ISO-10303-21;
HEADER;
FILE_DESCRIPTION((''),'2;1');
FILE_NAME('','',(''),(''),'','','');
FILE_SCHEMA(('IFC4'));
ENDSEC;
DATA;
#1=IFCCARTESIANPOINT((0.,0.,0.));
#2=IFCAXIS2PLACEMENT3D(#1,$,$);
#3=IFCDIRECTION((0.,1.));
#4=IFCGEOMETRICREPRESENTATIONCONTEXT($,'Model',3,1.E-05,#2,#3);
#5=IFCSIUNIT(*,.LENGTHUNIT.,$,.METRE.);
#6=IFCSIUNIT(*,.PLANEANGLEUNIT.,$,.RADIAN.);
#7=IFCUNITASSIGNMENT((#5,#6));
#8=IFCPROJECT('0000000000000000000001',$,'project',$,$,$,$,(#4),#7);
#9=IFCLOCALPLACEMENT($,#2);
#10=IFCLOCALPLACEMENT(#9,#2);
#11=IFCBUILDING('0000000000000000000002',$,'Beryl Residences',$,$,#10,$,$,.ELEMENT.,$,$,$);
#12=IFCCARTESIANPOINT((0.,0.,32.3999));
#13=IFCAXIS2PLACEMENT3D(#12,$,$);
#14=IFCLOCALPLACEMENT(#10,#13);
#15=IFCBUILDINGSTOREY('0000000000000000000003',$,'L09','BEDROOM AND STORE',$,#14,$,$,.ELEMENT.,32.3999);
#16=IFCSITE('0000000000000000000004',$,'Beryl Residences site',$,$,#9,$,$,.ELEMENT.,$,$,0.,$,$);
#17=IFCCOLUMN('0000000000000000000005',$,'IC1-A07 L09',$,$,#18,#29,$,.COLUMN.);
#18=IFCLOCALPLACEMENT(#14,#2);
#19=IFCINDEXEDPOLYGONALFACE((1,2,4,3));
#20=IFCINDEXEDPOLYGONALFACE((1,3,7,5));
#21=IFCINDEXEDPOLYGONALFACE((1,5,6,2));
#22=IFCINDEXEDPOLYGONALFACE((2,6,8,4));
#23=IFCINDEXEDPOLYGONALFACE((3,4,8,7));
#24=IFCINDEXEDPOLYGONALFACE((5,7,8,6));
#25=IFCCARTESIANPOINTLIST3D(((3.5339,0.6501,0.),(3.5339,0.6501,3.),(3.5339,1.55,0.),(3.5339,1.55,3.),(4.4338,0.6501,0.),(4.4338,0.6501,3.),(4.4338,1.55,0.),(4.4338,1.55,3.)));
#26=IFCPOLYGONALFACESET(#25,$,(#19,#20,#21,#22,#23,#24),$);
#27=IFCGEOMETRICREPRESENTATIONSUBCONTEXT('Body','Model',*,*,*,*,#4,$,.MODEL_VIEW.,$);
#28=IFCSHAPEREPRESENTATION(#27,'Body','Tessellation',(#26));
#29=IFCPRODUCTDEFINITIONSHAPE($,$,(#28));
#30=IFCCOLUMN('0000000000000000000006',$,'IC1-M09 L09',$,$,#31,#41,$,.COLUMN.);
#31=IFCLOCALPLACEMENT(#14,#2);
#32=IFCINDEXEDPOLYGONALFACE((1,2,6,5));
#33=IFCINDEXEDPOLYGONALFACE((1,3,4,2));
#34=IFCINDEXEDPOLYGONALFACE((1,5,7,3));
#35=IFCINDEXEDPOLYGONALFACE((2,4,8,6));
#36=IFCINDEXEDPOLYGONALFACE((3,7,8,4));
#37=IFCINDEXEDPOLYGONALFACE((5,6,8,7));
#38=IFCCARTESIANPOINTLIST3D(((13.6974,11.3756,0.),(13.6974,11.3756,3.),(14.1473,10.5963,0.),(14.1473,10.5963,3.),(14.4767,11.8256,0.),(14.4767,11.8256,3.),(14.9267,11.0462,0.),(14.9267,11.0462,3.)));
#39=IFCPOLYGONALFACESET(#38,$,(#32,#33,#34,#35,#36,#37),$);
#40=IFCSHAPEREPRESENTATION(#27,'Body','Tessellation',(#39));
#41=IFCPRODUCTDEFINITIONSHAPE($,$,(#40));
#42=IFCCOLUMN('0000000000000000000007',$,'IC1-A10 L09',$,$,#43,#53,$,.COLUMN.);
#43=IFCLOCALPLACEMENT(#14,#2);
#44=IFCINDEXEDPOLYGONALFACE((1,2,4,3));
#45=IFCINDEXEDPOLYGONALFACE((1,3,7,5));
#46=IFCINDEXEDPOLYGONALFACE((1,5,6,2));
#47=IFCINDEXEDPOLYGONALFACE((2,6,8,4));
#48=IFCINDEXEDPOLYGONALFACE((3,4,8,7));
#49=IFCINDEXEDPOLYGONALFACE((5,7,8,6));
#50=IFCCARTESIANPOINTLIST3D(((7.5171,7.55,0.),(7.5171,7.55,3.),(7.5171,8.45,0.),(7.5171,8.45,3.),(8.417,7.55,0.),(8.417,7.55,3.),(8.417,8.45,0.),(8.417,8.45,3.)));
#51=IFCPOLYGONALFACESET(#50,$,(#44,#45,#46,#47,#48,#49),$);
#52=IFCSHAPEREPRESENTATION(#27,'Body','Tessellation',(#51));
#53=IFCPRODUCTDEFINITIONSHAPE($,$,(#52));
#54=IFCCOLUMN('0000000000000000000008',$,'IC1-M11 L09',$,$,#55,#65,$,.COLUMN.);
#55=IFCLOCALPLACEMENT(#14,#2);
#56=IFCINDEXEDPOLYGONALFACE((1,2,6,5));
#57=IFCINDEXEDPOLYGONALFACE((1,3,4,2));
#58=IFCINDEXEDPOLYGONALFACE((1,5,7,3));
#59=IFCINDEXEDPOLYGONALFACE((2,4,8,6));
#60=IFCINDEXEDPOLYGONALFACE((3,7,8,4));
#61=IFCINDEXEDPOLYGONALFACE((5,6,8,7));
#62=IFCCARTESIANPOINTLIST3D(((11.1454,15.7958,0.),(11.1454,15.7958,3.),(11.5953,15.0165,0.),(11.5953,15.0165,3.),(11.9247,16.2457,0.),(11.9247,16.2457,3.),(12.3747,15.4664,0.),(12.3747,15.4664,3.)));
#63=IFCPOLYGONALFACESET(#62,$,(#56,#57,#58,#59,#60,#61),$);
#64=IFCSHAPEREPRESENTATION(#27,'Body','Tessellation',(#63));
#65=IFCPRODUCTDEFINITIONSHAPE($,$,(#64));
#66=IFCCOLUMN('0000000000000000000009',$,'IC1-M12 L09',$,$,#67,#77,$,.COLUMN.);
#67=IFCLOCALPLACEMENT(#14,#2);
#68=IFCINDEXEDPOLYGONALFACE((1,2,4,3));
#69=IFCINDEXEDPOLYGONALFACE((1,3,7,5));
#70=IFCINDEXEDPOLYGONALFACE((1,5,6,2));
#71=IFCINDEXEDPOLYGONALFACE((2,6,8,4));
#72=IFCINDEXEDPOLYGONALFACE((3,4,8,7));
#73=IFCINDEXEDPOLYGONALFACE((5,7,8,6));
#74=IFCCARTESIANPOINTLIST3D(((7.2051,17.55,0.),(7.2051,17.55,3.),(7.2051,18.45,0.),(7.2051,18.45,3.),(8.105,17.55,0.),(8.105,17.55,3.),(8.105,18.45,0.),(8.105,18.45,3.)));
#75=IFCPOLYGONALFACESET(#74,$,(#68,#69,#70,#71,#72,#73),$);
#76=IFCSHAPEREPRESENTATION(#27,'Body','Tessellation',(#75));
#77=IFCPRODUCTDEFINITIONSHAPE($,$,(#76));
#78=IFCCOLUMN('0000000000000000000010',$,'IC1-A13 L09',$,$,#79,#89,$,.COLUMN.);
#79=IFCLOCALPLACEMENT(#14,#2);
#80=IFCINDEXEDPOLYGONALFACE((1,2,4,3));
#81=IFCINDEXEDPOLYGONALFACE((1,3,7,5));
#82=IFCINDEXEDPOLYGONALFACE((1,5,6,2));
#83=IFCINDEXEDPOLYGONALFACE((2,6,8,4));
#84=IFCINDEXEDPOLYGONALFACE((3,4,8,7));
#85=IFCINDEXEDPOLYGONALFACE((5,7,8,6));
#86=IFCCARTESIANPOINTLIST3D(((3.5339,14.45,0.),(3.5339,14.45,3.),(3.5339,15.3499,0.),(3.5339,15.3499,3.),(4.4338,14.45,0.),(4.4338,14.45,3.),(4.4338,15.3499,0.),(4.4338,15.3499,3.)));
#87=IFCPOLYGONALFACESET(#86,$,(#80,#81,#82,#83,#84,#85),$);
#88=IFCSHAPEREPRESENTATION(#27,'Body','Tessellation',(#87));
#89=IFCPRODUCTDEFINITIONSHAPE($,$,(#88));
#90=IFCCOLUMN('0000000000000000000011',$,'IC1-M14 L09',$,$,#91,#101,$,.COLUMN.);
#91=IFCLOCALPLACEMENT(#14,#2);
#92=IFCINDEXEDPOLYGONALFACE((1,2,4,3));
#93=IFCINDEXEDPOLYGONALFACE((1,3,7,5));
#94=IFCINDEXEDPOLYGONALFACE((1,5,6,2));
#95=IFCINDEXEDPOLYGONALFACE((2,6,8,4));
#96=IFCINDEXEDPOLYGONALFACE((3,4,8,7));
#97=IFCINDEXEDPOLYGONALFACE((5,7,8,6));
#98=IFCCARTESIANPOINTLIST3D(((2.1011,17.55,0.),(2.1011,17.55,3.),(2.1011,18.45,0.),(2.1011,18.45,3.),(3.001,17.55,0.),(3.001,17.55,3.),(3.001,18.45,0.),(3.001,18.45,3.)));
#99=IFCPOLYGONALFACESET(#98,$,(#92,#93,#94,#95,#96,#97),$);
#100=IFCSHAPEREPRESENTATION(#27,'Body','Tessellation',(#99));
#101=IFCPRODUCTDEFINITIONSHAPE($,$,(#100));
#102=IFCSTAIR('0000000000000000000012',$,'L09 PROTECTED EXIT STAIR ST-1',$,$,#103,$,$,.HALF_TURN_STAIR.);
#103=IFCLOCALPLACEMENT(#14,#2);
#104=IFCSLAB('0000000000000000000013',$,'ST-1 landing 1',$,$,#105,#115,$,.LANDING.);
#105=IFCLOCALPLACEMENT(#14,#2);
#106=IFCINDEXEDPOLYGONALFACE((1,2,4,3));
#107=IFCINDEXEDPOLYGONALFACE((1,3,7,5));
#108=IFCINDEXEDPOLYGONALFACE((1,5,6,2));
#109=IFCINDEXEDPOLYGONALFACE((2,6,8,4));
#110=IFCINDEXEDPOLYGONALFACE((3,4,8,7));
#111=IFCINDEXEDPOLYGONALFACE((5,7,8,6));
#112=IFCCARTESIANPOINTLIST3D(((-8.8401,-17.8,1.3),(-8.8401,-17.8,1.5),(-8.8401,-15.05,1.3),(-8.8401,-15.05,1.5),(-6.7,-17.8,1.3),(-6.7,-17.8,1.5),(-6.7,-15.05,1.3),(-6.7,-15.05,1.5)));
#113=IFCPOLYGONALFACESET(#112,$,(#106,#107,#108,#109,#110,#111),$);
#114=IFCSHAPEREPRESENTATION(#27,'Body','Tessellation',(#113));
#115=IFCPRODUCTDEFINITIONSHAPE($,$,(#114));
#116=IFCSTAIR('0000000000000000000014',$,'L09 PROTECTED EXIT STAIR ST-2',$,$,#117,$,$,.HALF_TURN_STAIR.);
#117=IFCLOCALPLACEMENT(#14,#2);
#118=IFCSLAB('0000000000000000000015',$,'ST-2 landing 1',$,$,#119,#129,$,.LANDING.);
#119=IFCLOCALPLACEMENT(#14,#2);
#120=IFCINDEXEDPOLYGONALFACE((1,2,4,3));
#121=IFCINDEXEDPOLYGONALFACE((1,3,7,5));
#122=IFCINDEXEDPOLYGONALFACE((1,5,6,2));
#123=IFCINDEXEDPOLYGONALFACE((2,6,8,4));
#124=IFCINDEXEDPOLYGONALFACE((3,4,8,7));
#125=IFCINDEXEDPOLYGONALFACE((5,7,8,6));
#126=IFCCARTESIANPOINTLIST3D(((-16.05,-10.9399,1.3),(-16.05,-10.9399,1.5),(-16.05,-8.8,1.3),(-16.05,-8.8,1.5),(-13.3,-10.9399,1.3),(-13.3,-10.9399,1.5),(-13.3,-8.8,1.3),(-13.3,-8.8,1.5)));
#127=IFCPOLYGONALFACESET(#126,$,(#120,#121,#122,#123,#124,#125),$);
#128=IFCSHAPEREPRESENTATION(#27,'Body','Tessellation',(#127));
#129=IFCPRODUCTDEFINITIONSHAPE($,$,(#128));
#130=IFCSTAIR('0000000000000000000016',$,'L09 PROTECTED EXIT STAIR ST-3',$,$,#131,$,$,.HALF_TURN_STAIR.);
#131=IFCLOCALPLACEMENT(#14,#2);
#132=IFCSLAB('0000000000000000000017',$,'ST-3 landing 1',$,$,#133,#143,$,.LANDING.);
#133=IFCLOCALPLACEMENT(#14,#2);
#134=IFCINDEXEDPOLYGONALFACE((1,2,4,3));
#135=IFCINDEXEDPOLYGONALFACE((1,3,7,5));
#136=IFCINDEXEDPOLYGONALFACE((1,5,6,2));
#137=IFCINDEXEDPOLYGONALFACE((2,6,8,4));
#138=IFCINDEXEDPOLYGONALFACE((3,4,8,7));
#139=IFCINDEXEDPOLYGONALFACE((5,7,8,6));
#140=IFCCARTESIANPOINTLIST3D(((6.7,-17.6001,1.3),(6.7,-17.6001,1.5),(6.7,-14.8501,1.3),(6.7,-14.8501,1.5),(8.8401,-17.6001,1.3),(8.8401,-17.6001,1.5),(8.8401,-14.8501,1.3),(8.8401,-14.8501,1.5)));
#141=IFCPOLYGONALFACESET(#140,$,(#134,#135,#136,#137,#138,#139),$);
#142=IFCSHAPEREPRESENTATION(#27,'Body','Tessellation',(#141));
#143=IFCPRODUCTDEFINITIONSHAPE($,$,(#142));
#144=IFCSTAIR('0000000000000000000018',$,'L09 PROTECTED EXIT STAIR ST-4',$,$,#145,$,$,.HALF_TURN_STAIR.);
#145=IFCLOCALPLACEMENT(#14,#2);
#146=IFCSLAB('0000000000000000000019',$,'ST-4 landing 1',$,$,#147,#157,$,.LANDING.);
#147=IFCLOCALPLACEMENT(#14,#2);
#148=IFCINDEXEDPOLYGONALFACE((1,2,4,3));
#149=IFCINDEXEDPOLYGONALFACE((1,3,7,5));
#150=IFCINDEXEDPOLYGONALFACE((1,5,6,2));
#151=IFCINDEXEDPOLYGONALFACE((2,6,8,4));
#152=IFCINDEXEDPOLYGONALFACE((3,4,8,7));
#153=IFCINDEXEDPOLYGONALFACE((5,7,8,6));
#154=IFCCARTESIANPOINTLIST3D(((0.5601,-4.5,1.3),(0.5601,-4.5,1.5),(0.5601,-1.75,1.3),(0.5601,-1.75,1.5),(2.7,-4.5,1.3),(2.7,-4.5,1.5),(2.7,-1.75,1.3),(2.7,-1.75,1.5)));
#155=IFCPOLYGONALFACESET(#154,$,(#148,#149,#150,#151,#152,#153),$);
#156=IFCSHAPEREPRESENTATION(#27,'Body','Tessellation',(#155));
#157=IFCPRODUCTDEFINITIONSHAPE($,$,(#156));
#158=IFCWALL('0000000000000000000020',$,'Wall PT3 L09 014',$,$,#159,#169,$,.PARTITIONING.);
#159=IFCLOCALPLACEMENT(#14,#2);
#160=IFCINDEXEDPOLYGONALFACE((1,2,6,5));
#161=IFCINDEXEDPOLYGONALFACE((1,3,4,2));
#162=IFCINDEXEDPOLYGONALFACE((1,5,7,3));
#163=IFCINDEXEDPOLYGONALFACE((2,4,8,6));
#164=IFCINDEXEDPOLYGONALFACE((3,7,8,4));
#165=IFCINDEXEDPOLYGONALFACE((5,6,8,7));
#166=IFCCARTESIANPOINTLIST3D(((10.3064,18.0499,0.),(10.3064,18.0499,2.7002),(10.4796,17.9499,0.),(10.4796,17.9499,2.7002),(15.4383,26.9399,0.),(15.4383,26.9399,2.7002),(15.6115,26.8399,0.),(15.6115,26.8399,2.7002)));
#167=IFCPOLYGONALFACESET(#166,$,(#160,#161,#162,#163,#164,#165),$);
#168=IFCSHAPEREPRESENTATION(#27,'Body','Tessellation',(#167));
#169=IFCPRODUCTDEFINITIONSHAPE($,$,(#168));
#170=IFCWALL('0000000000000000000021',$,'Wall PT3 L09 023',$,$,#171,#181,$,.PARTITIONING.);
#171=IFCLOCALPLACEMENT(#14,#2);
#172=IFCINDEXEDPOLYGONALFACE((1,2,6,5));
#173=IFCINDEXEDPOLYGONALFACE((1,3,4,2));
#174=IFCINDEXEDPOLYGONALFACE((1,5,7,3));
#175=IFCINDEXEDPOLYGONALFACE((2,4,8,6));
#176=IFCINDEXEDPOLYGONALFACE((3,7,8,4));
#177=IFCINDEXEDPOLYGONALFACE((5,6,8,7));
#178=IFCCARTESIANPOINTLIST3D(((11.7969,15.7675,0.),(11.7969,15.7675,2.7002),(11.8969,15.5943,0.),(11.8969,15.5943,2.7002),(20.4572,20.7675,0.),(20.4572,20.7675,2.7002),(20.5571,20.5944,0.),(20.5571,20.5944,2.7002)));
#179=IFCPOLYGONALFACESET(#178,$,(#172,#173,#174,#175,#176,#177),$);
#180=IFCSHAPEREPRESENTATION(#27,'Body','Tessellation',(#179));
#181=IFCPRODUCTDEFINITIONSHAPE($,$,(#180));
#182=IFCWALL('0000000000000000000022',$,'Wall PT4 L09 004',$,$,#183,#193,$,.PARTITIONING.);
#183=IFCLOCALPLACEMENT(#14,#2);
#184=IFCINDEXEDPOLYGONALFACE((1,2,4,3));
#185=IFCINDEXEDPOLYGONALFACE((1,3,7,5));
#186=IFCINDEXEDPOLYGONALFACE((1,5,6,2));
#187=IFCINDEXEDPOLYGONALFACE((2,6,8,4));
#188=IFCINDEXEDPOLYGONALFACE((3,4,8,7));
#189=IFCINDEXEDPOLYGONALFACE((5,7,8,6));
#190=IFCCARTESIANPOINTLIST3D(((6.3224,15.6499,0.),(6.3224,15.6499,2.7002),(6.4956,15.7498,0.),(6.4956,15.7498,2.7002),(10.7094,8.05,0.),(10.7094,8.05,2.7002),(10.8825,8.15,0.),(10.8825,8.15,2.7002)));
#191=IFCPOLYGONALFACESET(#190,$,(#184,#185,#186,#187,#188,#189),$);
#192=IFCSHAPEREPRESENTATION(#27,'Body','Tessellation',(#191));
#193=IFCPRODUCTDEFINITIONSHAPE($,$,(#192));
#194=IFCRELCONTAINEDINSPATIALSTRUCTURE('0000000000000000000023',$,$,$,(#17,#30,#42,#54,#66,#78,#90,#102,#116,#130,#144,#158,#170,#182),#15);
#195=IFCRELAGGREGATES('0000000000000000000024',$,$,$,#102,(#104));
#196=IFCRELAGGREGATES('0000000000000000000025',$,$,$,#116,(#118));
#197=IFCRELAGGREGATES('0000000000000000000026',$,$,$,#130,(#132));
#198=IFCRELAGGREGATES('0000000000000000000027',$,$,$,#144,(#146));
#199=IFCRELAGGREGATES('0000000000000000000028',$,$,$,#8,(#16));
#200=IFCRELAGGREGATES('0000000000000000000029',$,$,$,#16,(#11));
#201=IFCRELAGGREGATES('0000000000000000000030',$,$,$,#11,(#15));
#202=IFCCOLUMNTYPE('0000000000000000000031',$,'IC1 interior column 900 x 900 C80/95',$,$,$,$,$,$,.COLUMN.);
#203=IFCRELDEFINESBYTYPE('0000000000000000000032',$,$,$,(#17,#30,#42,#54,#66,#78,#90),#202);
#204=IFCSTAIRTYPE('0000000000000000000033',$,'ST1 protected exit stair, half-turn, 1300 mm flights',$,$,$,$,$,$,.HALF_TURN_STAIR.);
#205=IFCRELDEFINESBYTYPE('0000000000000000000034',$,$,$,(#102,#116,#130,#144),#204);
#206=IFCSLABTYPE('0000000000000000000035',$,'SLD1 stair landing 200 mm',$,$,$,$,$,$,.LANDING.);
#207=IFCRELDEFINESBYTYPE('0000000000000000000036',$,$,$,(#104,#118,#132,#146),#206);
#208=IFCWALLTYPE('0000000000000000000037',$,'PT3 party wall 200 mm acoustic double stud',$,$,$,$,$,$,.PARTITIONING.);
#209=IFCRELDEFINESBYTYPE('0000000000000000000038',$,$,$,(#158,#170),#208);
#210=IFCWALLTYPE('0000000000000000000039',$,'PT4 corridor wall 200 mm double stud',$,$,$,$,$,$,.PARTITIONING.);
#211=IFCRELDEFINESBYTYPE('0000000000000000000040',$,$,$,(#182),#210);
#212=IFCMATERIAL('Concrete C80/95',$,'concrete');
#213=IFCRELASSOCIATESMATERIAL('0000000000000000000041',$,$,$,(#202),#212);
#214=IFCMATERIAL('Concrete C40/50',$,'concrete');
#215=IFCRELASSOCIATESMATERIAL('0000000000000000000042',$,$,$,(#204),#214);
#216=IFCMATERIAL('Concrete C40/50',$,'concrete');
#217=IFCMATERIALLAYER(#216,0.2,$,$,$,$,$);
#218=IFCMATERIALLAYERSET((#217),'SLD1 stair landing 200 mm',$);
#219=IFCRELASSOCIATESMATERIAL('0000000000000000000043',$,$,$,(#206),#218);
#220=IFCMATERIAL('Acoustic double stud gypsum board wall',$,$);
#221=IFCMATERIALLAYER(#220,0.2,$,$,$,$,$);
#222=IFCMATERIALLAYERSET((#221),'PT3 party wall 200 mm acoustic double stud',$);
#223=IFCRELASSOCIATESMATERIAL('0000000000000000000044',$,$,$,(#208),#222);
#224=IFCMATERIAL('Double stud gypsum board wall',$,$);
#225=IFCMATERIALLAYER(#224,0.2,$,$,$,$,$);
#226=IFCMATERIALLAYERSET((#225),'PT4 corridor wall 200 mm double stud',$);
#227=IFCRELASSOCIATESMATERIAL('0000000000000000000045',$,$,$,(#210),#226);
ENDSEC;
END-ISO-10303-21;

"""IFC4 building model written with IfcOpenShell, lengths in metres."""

from ifc_helpers import new_model, si_unit, direction, frame, frame_2d, origin, origin_2d, place, context, subcontext, project, spatial, polyline, rectangle, outline, extrude, material, layer, layer_set, material_profile, profile_set, type_object, element, aggregate, save


model = new_model("IFC4")

# Units and contexts
model_context = context("Model", 3, precision=1e-05, world=origin(), true_north=direction((0.0, 1.0)))
body_context = subcontext(model_context, "Body", "Model", "MODEL_VIEW")
ifc_project = project(units=[si_unit("LENGTHUNIT", "METRE"), si_unit("PLANEANGLEUNIT", "RADIAN")], contexts=[model_context])

# Site, building, storey
site_placement = place(None, origin())
site = spatial("IfcSite", under=ifc_project, at=site_placement, Name="Beryl Residences site", CompositionType="ELEMENT", RefElevation=0.0)
building_placement = place(site_placement, origin())
building = spatial("IfcBuilding", under=site, at=building_placement, Name="Beryl Residences", CompositionType="ELEMENT")
storey_placement = place(building_placement, frame((0.0, 0.0, 32.3999)))
storey = spatial("IfcBuildingStorey", under=building, at=storey_placement, Name="L09", Description="BEDROOM AND STORE", CompositionType="ELEMENT", Elevation=32.3999)

# Columns
ifc_material_1 = material(Name="Concrete C80/95", Category="concrete")
ifc_material_profile = material_profile(ifc_material_1, rectangle(XDim=0.8999, YDim=0.8999, at=origin_2d()))
ifc_profile_set = profile_set([ifc_material_profile], Name="Concrete C80/95")
column_type = type_object("IfcColumnType", Name="IC1 interior column 900 x 900 C80/95", PredefinedType="COLUMN", material=ifc_profile_set)
for number, where, z_axis, x_axis, name in (
    (1, (3.9839, 1.1001, 0.0), (0.0, 0.0, 1.0), (1.0, 0.0, 0.0), "IC1-A07 L09"),
    (2, (14.312, 11.2109, 0.0), (0.0, 0.0, 1.0), (-0.499985, 0.866034, 0.0), "IC1-M09 L09"),
    (3, (7.967, 8.0, 0.0), (0.0, 0.0, 1.0), (1.0, 0.0, 0.0), "IC1-A10 L09"),
    (4, (11.76, 15.6311, 0.0), (0.0, 0.0, 1.0), (-0.499985, 0.866034, 0.0), "IC1-M11 L09"),
    (5, (7.655, 18.0, 0.0), (0.0, 0.0, 1.0), (-1.0, 0.0, 0.0), "IC1-M12 L09"),
    (6, (3.9839, 14.8999, 0.0), (0.0, 0.0, 1.0), (1.0, 0.0, 0.0), "IC1-A13 L09"),
    (7, (2.551, 18.0, 0.0), (0.0, 0.0, 1.0), (-1.0, 0.0, 0.0), "IC1-M14 L09"),
):
    element("IfcColumn", number, at=place(storey_placement, frame(where, z_axis=z_axis, x_axis=x_axis)), inside=storey, type_object=column_type, Name=name, PredefinedType="COLUMN", context=body_context, shape_type="SweptSolid", body=[
        extrude(rectangle(XDim=0.8999, YDim=0.8999, at=origin_2d()), origin(), (0.0, 0.0, 1.0), 3.0),
    ])

# Stairs, slabs
ifc_material_2 = material(Name="Concrete C40/50", Category="concrete")
stair_type = type_object("IfcStairType", Name="ST1 protected exit stair, half-turn, 1300 mm flights", PredefinedType="HALF_TURN_STAIR", material=ifc_material_2)
stair_1_placement = place(storey_placement, origin())
stair_1 = element("IfcStair", 8, at=stair_1_placement, inside=storey, type_object=stair_type, Name="L09 PROTECTED EXIT STAIR ST-1", PredefinedType="HALF_TURN_STAIR")
ifc_material_3 = material(Name="Concrete C40/50", Category="concrete")
ifc_layer_1 = layer(ifc_material_3, 0.2)
ifc_layer_set_1 = layer_set([ifc_layer_1], Name="SLD1 stair landing 200 mm")
slab_type_1 = type_object("IfcSlabType", Name="SLD1 stair landing 200 mm", PredefinedType="LANDING", material=ifc_layer_set_1)
slab_1_placement = place(storey_placement, frame((0.0, 0.0, 1.3)))
slab_1 = element("IfcSlab", 9, at=slab_1_placement, type_object=slab_type_1, Name="ST-1 landing 1", PredefinedType="LANDING", context=body_context, shape_type="SweptSolid", body=[
    extrude(outline(polyline([(-8.8401, -17.8), (-6.7, -17.8), (-6.7, -15.05), (-8.8401, -15.05), (-8.8401, -17.8)])), origin(), (0.0, 0.0, 1.0), 0.2),
])
aggregate(stair_1, [slab_1])
stair_2_placement = place(storey_placement, origin())
stair_2 = element("IfcStair", 10, at=stair_2_placement, inside=storey, type_object=stair_type, Name="L09 PROTECTED EXIT STAIR ST-2", PredefinedType="HALF_TURN_STAIR")
slab_2_placement = place(storey_placement, frame((0.0, 0.0, 1.3)))
slab_2 = element("IfcSlab", 11, at=slab_2_placement, type_object=slab_type_1, Name="ST-2 landing 1", PredefinedType="LANDING", context=body_context, shape_type="SweptSolid", body=[
    extrude(outline(polyline([(-13.3, -10.9399), (-13.3, -8.8), (-16.05, -8.8), (-16.05, -10.9399), (-13.3, -10.9399)])), origin(), (0.0, 0.0, 1.0), 0.2),
])
aggregate(stair_2, [slab_2])
stair_3_placement = place(storey_placement, origin())
stair_3 = element("IfcStair", 12, at=stair_3_placement, inside=storey, type_object=stair_type, Name="L09 PROTECTED EXIT STAIR ST-3", PredefinedType="HALF_TURN_STAIR")
slab_3_placement = place(storey_placement, frame((0.0, 0.0, 1.3)))
slab_3 = element("IfcSlab", 13, at=slab_3_placement, type_object=slab_type_1, Name="ST-3 landing 1", PredefinedType="LANDING", context=body_context, shape_type="SweptSolid", body=[
    extrude(outline(polyline([(8.8401, -14.8501), (6.7, -14.8501), (6.7, -17.6001), (8.8401, -17.6001), (8.8401, -14.8501)])), origin(), (0.0, 0.0, 1.0), 0.2),
])
aggregate(stair_3, [slab_3])
stair_4_placement = place(storey_placement, origin())
stair_4 = element("IfcStair", 14, at=stair_4_placement, inside=storey, type_object=stair_type, Name="L09 PROTECTED EXIT STAIR ST-4", PredefinedType="HALF_TURN_STAIR")
slab_4_placement = place(storey_placement, frame((0.0, 0.0, 1.3)))
slab_4 = element("IfcSlab", 15, at=slab_4_placement, type_object=slab_type_1, Name="ST-4 landing 1", PredefinedType="LANDING", context=body_context, shape_type="SweptSolid", body=[
    extrude(outline(polyline([(0.5601, -4.5), (2.7, -4.5), (2.7, -1.75), (0.5601, -1.75), (0.5601, -4.5)])), origin(), (0.0, 0.0, 1.0), 0.2),
])
aggregate(stair_4, [slab_4])

# Walls
ifc_material_4 = material(Name="Acoustic double stud gypsum board wall")
ifc_layer_2 = layer(ifc_material_4, 0.2)
ifc_layer_set_2 = layer_set([ifc_layer_2], Name="PT3 party wall 200 mm acoustic double stud")
wall_type_1 = type_object("IfcWallType", Name="PT3 party wall 200 mm acoustic double stud", PredefinedType="PARTITIONING", material=ifc_layer_set_2)
wall_1_placement = place(storey_placement, frame((10.3931, 18.0, 0.0), z_axis=(0.0, 0.0, 1.0), x_axis=(0.499945, 0.866057, 0.0)))
element("IfcWall", 16, at=wall_1_placement, inside=storey, type_object=wall_type_1, Name="Wall PT3 L09 014", PredefinedType="PARTITIONING", context=body_context, shape_type="SweptSolid", body=[
    extrude(rectangle(XDim=10.2649, YDim=0.2, at=frame_2d((5.1323, 0.0))), origin(), (0.0, 0.0, 1.0), 2.7002),
])
wall_2_placement = place(storey_placement, frame((11.8469, 15.6809, 0.0), z_axis=(0.0, 0.0, 1.0), x_axis=(0.866023, 0.500004, 0.0)))
element("IfcWall", 17, at=wall_2_placement, inside=storey, type_object=wall_type_1, Name="Wall PT3 L09 023", PredefinedType="PARTITIONING", context=body_context, shape_type="SweptSolid", body=[
    extrude(rectangle(XDim=10.0, YDim=0.2, at=frame_2d((5.0, 0.0))), origin(), (0.0, 0.0, 1.0), 2.7002),
])
ifc_material_5 = material(Name="Double stud gypsum board wall")
ifc_layer_3 = layer(ifc_material_5, 0.2)
ifc_layer_set_3 = layer_set([ifc_layer_3], Name="PT4 corridor wall 200 mm double stud")
wall_type_2 = type_object("IfcWallType", Name="PT4 corridor wall 200 mm double stud", PredefinedType="PARTITIONING", material=ifc_layer_set_3)
wall_3_placement = place(storey_placement, frame((6.4089, 15.7, 0.0), z_axis=(0.0, 0.0, 1.0), x_axis=(0.49993, -0.866066, 0.0)))
element("IfcWall", 18, at=wall_3_placement, inside=storey, type_object=wall_type_2, Name="Wall PT4 L09 004", PredefinedType="PARTITIONING", context=body_context, shape_type="SweptSolid", body=[
    extrude(rectangle(XDim=8.7751, YDim=0.2, at=frame_2d((4.3877, 0.0))), origin(), (0.0, 0.0, 1.0), 2.7002),
])

save(model, "model.ifc")
